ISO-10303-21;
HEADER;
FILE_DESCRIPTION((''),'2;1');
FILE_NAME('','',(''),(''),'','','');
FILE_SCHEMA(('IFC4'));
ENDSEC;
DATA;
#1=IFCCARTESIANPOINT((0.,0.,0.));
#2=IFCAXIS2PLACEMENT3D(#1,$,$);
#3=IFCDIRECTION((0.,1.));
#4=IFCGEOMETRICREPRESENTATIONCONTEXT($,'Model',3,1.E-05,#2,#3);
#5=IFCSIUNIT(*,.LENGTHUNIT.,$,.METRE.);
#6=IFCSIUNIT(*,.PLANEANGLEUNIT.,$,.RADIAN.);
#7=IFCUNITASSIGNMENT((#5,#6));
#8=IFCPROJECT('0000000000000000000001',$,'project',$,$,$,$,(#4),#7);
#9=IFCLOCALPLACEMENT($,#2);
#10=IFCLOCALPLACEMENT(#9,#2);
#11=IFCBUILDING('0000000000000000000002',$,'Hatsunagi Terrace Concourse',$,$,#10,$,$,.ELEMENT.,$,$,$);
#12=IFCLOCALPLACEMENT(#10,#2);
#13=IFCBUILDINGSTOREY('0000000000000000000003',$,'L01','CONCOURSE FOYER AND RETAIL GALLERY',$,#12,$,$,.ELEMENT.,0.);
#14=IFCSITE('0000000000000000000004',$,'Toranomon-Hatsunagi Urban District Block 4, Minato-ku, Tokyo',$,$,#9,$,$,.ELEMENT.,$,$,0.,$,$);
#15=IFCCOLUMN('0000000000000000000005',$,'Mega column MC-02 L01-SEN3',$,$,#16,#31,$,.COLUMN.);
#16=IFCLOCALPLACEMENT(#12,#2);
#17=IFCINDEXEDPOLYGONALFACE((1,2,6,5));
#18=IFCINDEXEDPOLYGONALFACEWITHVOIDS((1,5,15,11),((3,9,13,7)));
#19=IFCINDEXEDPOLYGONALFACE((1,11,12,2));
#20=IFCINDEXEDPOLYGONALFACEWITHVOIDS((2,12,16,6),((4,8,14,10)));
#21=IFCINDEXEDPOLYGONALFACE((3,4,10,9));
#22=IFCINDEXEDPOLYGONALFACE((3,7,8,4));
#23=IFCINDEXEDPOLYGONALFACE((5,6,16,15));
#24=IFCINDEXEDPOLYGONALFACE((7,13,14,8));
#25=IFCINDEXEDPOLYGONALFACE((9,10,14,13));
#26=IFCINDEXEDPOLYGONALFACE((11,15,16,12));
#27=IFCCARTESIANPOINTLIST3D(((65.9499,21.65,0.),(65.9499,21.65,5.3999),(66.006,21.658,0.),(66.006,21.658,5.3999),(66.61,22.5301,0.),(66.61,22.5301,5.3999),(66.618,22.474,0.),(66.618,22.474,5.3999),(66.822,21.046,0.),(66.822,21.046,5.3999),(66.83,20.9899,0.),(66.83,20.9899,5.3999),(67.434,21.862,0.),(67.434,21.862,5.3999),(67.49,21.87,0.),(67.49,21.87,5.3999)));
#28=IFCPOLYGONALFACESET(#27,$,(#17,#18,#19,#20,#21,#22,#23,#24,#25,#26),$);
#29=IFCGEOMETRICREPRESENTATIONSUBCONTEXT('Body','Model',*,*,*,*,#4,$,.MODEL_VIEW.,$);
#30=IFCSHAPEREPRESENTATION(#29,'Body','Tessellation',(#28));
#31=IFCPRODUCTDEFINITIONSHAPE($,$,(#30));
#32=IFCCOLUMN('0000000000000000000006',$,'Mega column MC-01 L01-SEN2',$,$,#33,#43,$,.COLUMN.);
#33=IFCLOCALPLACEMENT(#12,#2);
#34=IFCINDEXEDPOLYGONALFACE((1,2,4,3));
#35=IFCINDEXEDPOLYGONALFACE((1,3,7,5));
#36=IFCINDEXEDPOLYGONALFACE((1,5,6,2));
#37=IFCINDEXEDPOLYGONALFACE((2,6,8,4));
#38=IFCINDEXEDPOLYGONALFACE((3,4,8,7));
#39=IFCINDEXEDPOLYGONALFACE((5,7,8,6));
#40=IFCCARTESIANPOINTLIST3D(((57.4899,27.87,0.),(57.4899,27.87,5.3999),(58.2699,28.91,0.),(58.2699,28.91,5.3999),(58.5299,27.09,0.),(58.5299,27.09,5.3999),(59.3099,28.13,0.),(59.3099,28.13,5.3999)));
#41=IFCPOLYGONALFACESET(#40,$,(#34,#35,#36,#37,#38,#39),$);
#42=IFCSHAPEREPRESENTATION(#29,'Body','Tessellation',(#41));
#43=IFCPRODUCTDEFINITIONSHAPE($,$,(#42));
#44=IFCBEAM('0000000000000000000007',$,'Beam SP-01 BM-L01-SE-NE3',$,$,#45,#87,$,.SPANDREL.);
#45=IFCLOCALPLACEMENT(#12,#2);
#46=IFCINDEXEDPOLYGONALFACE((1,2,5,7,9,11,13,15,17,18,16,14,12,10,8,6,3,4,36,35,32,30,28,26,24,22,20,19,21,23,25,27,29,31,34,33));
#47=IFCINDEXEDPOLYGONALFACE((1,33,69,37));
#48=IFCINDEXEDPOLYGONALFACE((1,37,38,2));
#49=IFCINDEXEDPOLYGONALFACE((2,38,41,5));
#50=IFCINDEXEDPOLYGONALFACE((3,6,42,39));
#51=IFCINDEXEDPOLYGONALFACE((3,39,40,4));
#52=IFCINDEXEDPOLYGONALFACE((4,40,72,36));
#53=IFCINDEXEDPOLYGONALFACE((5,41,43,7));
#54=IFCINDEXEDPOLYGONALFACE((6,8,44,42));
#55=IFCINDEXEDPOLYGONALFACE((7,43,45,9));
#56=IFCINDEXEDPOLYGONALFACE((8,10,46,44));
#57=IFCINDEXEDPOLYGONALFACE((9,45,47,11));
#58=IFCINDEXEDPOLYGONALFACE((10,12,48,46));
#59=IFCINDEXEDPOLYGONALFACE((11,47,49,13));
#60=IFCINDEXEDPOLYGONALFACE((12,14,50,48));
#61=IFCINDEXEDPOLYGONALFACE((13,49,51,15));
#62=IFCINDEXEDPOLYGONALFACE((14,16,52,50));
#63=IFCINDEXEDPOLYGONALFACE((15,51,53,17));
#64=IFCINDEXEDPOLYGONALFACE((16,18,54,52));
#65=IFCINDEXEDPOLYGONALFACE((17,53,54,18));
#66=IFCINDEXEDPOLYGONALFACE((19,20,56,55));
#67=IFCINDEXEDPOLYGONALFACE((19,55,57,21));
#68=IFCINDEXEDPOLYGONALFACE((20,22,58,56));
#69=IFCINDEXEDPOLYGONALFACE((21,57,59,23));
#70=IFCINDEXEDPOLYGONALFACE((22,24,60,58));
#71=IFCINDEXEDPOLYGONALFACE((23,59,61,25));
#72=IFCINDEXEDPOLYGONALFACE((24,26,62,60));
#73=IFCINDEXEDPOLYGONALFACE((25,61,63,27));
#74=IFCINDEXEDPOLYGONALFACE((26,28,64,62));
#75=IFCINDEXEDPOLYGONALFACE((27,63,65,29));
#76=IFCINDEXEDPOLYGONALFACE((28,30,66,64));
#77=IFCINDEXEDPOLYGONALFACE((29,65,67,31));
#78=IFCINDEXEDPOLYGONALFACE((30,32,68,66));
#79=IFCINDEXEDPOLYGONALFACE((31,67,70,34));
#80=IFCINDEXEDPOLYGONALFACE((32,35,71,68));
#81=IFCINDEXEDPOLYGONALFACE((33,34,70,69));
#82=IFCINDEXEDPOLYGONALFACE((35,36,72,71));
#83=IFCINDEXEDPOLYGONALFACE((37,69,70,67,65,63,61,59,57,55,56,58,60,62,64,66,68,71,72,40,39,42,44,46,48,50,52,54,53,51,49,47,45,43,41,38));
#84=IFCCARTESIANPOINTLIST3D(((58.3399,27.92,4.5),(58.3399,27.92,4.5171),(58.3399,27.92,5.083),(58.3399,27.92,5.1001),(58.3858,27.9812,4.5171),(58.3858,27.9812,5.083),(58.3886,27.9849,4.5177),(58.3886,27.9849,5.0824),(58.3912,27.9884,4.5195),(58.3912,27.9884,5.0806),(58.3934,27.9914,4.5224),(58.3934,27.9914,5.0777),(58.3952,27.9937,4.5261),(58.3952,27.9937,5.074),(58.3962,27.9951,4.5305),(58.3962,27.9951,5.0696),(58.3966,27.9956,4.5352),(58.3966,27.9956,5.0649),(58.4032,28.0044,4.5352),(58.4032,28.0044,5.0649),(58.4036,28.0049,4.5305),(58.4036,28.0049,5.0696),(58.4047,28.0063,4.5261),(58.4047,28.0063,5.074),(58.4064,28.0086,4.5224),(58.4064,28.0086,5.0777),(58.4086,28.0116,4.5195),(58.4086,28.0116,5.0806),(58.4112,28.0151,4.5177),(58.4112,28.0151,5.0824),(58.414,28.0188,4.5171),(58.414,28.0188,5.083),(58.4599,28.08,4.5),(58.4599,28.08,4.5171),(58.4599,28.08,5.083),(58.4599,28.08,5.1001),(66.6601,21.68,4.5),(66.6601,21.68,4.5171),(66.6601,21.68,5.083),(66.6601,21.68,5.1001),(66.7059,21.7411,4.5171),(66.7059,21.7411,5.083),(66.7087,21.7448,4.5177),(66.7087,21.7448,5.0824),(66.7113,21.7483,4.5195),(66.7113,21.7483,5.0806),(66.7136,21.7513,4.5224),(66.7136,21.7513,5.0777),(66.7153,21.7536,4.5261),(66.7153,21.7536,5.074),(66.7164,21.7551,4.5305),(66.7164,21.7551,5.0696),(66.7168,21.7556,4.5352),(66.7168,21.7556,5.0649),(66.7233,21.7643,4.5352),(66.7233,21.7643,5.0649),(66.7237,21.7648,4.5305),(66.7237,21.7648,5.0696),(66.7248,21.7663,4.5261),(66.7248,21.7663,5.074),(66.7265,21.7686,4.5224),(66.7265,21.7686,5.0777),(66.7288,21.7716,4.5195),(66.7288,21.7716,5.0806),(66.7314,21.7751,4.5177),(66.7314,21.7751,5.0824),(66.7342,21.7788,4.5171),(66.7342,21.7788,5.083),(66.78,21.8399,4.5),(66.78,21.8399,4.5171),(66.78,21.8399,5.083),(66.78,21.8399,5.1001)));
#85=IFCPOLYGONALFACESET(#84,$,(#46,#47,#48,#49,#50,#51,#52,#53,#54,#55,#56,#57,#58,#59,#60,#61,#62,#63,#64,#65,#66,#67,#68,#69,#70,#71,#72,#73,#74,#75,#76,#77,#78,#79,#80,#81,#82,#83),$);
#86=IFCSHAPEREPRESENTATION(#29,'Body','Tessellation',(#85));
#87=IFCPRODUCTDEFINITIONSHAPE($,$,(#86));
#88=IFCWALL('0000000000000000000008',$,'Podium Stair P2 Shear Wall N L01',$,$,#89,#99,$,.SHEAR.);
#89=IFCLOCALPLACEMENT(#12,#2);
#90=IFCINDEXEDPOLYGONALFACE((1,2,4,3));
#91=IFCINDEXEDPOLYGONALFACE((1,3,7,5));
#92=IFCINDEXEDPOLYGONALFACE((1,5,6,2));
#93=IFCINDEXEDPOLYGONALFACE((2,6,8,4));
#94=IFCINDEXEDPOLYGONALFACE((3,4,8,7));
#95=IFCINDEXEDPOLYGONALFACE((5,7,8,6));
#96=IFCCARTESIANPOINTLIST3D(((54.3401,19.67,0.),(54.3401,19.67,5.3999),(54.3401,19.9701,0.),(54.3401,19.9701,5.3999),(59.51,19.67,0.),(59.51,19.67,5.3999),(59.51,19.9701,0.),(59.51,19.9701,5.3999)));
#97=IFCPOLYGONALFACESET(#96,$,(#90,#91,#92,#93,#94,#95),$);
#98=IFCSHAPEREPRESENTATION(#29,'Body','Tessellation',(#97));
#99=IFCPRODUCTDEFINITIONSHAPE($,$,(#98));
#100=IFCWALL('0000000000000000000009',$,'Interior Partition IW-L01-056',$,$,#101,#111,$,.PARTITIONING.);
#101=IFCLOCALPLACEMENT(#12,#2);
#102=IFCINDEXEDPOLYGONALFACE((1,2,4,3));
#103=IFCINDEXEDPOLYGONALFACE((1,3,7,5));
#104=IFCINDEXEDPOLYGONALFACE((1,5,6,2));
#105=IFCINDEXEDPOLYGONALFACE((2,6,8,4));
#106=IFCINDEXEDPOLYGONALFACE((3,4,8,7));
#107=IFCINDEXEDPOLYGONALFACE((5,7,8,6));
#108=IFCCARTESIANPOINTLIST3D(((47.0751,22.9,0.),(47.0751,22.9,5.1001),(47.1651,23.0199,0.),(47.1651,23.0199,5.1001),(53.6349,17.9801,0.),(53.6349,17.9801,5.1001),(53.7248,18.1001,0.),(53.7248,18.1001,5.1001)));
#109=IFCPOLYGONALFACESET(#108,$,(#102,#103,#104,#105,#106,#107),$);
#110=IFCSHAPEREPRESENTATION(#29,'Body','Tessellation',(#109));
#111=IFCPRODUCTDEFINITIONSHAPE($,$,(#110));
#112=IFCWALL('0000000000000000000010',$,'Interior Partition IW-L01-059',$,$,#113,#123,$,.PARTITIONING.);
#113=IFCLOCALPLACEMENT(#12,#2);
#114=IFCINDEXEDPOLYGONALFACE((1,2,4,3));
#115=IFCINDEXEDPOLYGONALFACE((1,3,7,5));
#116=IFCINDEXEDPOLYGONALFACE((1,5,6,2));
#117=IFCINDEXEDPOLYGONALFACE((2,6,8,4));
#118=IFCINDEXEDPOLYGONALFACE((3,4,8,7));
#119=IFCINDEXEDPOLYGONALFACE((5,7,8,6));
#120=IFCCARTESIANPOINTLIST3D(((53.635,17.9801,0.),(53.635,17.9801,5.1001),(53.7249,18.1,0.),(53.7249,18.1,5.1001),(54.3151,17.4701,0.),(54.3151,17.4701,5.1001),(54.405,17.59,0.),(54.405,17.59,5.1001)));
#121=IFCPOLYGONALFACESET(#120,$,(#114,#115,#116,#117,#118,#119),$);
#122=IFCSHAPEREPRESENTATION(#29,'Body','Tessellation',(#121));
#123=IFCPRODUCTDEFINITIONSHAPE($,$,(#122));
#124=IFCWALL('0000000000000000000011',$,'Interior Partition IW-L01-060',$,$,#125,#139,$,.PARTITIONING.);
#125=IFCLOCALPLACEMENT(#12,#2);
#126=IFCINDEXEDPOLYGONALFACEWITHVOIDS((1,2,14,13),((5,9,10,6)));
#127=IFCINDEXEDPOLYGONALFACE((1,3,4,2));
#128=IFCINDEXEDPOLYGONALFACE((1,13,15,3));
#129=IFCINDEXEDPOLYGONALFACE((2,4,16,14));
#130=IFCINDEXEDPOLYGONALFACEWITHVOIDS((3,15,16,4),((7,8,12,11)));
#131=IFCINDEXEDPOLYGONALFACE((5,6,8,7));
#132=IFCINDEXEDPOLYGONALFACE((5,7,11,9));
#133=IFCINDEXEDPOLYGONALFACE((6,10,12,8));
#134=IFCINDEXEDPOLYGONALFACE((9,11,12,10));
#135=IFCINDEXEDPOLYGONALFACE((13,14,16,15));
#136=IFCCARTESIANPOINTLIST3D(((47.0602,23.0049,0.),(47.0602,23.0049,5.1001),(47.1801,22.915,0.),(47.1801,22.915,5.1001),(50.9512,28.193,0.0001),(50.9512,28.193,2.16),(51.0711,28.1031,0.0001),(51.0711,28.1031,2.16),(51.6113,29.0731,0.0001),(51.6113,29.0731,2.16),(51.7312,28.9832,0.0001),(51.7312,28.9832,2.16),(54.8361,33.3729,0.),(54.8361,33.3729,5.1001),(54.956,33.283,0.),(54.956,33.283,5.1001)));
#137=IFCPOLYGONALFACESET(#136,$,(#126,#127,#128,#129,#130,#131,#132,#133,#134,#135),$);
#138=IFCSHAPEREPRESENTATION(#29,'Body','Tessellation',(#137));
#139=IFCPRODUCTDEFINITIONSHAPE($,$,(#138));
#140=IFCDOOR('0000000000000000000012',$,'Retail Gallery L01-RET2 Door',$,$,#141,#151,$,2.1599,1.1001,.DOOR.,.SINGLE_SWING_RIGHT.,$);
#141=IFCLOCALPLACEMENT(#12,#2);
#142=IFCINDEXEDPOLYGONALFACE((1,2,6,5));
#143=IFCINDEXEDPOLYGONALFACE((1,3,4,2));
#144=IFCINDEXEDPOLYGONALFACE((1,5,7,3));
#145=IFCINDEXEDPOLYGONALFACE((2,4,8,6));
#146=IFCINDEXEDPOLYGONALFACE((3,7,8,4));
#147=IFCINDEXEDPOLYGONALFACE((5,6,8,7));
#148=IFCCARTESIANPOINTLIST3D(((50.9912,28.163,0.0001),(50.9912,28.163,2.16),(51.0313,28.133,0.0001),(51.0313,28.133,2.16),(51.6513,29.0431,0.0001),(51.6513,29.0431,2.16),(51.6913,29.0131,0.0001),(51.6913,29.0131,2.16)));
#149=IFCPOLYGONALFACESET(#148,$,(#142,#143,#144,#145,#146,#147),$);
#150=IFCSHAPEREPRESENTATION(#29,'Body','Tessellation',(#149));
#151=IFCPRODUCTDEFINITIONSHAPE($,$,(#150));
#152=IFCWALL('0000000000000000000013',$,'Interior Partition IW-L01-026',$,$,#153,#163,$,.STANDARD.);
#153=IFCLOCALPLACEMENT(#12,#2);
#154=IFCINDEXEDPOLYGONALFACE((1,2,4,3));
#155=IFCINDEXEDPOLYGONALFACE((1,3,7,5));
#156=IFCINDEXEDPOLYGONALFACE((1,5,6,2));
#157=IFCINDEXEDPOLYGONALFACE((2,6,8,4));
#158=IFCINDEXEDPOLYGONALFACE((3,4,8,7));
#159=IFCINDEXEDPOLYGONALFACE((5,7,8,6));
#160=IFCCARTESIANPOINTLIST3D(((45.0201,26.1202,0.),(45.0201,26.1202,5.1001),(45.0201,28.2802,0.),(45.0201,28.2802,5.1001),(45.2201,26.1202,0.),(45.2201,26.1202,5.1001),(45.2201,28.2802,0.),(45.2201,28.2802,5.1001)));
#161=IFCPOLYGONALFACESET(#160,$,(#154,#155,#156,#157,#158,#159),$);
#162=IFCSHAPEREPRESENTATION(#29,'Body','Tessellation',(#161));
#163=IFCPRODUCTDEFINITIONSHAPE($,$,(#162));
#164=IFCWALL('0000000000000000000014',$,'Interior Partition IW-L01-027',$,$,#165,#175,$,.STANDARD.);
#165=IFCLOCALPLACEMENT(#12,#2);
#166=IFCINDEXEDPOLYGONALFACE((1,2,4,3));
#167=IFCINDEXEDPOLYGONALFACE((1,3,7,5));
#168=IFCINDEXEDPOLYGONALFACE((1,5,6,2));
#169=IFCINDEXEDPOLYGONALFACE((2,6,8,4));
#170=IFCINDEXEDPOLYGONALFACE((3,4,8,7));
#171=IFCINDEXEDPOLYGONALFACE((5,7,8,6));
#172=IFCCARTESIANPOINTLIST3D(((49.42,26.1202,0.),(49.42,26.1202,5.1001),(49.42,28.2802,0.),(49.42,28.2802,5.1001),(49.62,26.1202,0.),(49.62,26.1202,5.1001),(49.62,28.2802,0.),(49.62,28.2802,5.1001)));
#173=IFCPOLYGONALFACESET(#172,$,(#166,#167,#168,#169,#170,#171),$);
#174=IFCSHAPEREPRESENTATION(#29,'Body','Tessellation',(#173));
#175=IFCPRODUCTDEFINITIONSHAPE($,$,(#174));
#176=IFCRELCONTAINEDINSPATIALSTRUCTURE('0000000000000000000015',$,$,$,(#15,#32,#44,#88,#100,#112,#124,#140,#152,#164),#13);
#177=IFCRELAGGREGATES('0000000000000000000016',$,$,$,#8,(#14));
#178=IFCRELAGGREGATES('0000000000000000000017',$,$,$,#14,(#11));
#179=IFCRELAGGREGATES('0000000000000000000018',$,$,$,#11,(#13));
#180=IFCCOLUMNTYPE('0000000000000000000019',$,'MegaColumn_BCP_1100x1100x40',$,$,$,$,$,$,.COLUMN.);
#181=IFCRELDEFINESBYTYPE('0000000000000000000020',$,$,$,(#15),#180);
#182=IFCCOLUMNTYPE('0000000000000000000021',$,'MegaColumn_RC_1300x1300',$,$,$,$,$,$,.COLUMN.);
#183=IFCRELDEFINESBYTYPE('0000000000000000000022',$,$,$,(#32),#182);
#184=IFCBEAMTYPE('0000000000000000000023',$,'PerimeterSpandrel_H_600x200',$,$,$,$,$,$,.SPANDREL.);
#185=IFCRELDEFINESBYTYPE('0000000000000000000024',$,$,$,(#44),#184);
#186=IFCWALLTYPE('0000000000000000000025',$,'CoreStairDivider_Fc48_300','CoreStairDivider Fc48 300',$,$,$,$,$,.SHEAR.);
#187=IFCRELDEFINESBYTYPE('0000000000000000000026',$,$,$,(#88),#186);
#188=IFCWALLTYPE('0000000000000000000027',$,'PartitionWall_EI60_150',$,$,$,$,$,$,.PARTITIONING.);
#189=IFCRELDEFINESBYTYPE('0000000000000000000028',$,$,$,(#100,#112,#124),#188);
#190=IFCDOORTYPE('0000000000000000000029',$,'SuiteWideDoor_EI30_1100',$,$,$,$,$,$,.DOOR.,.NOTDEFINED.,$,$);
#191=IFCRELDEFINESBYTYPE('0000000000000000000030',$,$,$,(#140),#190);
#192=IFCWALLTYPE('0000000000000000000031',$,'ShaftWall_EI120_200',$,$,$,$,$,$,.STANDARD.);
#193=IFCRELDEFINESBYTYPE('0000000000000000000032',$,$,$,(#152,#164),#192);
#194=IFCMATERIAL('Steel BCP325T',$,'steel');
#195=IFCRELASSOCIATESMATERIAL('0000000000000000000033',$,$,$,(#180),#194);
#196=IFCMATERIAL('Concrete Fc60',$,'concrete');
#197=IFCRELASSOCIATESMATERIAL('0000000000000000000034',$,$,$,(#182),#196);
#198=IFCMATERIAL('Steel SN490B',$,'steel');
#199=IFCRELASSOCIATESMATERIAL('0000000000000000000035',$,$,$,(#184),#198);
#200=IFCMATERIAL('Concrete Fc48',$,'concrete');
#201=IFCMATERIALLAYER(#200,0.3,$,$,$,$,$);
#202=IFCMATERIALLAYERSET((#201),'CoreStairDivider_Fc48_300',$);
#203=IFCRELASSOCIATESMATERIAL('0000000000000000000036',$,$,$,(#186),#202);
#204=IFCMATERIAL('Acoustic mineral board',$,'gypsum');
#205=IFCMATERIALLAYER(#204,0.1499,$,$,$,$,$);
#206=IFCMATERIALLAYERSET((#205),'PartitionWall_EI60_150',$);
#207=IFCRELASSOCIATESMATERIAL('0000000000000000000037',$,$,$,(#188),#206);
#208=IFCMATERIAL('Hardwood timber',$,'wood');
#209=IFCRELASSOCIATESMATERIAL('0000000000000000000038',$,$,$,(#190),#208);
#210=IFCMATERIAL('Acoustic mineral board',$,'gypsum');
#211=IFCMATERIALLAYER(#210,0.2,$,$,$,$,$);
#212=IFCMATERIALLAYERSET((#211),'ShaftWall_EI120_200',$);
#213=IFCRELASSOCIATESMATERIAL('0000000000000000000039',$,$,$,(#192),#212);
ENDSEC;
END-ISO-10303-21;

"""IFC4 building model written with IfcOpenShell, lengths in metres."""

from ifc_helpers import new_model, si_unit, direction, frame, frame_2d, origin, origin_2d, place, context, subcontext, project, spatial, rectangle, hollow_rectangle, i_section, extrude, material, layer, layer_set, material_profile, profile_set, type_object, element, fill, save


model = new_model("IFC4")

# Units and contexts
model_context = context("Model", 3, precision=1e-05, world=origin(), true_north=direction((0.0, 1.0)))
body_context = subcontext(model_context, "Body", "Model", "MODEL_VIEW")
ifc_project = project(units=[si_unit("LENGTHUNIT", "METRE"), si_unit("PLANEANGLEUNIT", "RADIAN")], contexts=[model_context])

# Site, building, storey
site_placement = place(None, origin())
site = spatial("IfcSite", under=ifc_project, at=site_placement, Name="Toranomon-Hatsunagi Urban District Block 4, Minato-ku, Tokyo", CompositionType="ELEMENT", RefElevation=0.0)
building_placement = place(site_placement, origin())
building = spatial("IfcBuilding", under=site, at=building_placement, Name="Hatsunagi Terrace Concourse", CompositionType="ELEMENT")
storey_placement = place(building_placement, origin())
storey = spatial("IfcBuildingStorey", under=building, at=storey_placement, Name="L01", Description="CONCOURSE FOYER AND RETAIL GALLERY", CompositionType="ELEMENT", Elevation=0.0)

# Columns
ifc_material_1 = material(Name="Steel BCP325T", Category="steel")
ifc_material_profile_1 = material_profile(ifc_material_1, hollow_rectangle(XDim=1.1001, YDim=1.1001, WallThickness=0.04, at=origin_2d()), Name="BCP-1100x1100x40")
ifc_profile_set_1 = profile_set([ifc_material_profile_1], Name="Steel BCP325T")
column_type_1 = type_object("IfcColumnType", Name="MegaColumn_BCP_1100x1100x40", PredefinedType="COLUMN", material=ifc_profile_set_1)
column_1_placement = place(storey_placement, frame((66.72, 21.76, 0.0), z_axis=(0.0, 0.0, 1.0), x_axis=(0.8, -0.6, 0.0)))
element("IfcColumn", 1, at=column_1_placement, inside=storey, type_object=column_type_1, Name="Mega column MC-02 L01-SEN3", PredefinedType="COLUMN", context=body_context, shape_type="SweptSolid", body=[
    extrude(hollow_rectangle(XDim=1.1001, YDim=1.1001, WallThickness=0.04, at=origin_2d()), origin(), (0.0, 0.0, 1.0), 5.3999),
])
ifc_material_2 = material(Name="Concrete Fc60", Category="concrete")
ifc_material_profile_2 = material_profile(ifc_material_2, rectangle(XDim=1.3, YDim=1.3, at=origin_2d()), Name="RC-1300x1300")
ifc_profile_set_2 = profile_set([ifc_material_profile_2], Name="Concrete Fc60")
column_type_2 = type_object("IfcColumnType", Name="MegaColumn_RC_1300x1300", PredefinedType="COLUMN", material=ifc_profile_set_2)
column_2_placement = place(storey_placement, frame((58.3999, 28.0, 0.0), z_axis=(0.0, 0.0, 1.0), x_axis=(0.8, -0.6, 0.0)))
element("IfcColumn", 2, at=column_2_placement, inside=storey, type_object=column_type_2, Name="Mega column MC-01 L01-SEN2", PredefinedType="COLUMN", context=body_context, shape_type="SweptSolid", body=[
    extrude(rectangle(XDim=1.3, YDim=1.3, at=origin_2d()), origin(), (0.0, 0.0, 1.0), 5.3999),
])

# Beam
ifc_material_3 = material(Name="Steel SN490B", Category="steel")
ifc_material_profile_3 = material_profile(ifc_material_3, i_section(OverallWidth=0.2, OverallDepth=0.6001, WebThickness=0.011, FlangeThickness=0.0171, FilletRadius=0.0181, at=origin_2d()), Name="H-600x200x11x17")
ifc_profile_set_3 = profile_set([ifc_material_profile_3], Name="Steel SN490B")
beam_type = type_object("IfcBeamType", Name="PerimeterSpandrel_H_600x200", PredefinedType="SPANDREL", material=ifc_profile_set_3)
beam_placement = place(storey_placement, frame((58.3999, 28.0, 4.8), z_axis=(0.800003, -0.599996, 0.0), x_axis=(0.599996, 0.800003, 0.0)))
element("IfcBeam", 3, at=beam_placement, inside=storey, type_object=beam_type, Name="Beam SP-01 BM-L01-SE-NE3", PredefinedType="SPANDREL", context=body_context, shape_type="SweptSolid", body=[
    extrude(i_section(OverallWidth=0.2, OverallDepth=0.6001, WebThickness=0.011, FlangeThickness=0.0171, FilletRadius=0.0181, at=origin_2d()), origin(), (0.0, 0.0, 1.0), 10.4001),
])

# Walls
ifc_material_4 = material(Name="Concrete Fc48", Category="concrete")
ifc_layer_1 = layer(ifc_material_4, 0.3)
ifc_layer_set_1 = layer_set([ifc_layer_1], Name="CoreStairDivider_Fc48_300")
wall_type_1 = type_object("IfcWallType", Name="CoreStairDivider_Fc48_300", Description="CoreStairDivider Fc48 300", PredefinedType="SHEAR", material=ifc_layer_set_1)
wall_1_placement = place(storey_placement, frame((54.3401, 19.8201, 0.0), z_axis=(0.0, 0.0, 1.0), x_axis=(1.0, 0.0, 0.0)))
element("IfcWall", 4, at=wall_1_placement, inside=storey, type_object=wall_type_1, Name="Podium Stair P2 Shear Wall N L01", PredefinedType="SHEAR", context=body_context, shape_type="SweptSolid", body=[
    extrude(rectangle(XDim=5.1699, YDim=0.3, at=frame_2d((2.585, 0.0))), origin(), (0.0, 0.0, 1.0), 5.3999),
])
ifc_material_5 = material(Name="Acoustic mineral board", Category="gypsum")
ifc_layer_2 = layer(ifc_material_5, 0.1499)
ifc_layer_set_2 = layer_set([ifc_layer_2], Name="PartitionWall_EI60_150")
wall_type_2 = type_object("IfcWallType", Name="PartitionWall_EI60_150", PredefinedType="PARTITIONING", material=ifc_layer_set_2)
wall_2_placement = place(storey_placement, frame((47.1201, 22.96, 0.0), z_axis=(0.0, 0.0, 1.0), x_axis=(0.799996, -0.600005, 0.0)))
element("IfcWall", 5, at=wall_2_placement, inside=storey, type_object=wall_type_2, Name="Interior Partition IW-L01-056", PredefinedType="PARTITIONING", context=body_context, shape_type="SweptSolid", body=[
    extrude(rectangle(XDim=8.1997, YDim=0.1499, at=frame_2d((4.0999, 0.0))), origin(), (0.0, 0.0, 1.0), 5.1001),
])
wall_3_placement = place(storey_placement, frame((53.6799, 18.04, 0.0), z_axis=(0.0, 0.0, 1.0), x_axis=(0.800069, -0.599908, 0.0)))
element("IfcWall", 6, at=wall_3_placement, inside=storey, type_object=wall_type_2, Name="Interior Partition IW-L01-059", PredefinedType="PARTITIONING", context=body_context, shape_type="SweptSolid", body=[
    extrude(rectangle(XDim=0.8501, YDim=0.1499, at=frame_2d((0.425, 0.0))), origin(), (0.0, 0.0, 1.0), 5.1001),
])

# Wall, opening, door
wall_4_placement = place(storey_placement, frame((47.1201, 22.96, 0.0), z_axis=(0.0, 0.0, 1.0), x_axis=(0.599997, 0.800002, 0.0)))
wall_4 = element("IfcWall", 7, at=wall_4_placement, inside=storey, type_object=wall_type_2, Name="Interior Partition IW-L01-060", PredefinedType="PARTITIONING", context=body_context, shape_type="SweptSolid", body=[
    extrude(rectangle(XDim=12.96, YDim=0.1499, at=frame_2d((6.48, 0.0))), origin(), (0.0, 0.0, 1.0), 5.1001),
])
opening_1_placement = place(wall_4_placement, frame((6.4851, 0.0, 0.0)))
opening_1 = element("IfcOpeningElement", 8, at=opening_1_placement, cuts=wall_4, PredefinedType="OPENING", context=body_context, shape_type="SweptSolid", body=[
    extrude(rectangle(XDim=1.1001, YDim=2.1599, at=frame_2d((0.55, 1.0801))), frame((0.0, 0.085, 0.0), z_axis=(0.0, -1.0, 0.0), x_axis=(1.0, 0.0, 0.0)), (0.0, 0.0, 1.0), 0.1699),
])
ifc_material_6 = material(Name="Hardwood timber", Category="wood")
door_type_1 = type_object("IfcDoorType", Name="SuiteWideDoor_EI30_1100", OperationType="NOTDEFINED", PredefinedType="DOOR", material=ifc_material_6)
door_1_placement = place(opening_1_placement, origin())
door_1 = element("IfcDoor", 9, at=door_1_placement, inside=storey, type_object=door_type_1, Name="Retail Gallery L01-RET2 Door", OperationType="SINGLE_SWING_RIGHT", OverallHeight=2.1599, OverallWidth=1.1001, PredefinedType="DOOR", context=body_context, shape_type="SweptSolid", body=[
    extrude(rectangle(XDim=1.1001, YDim=2.1599, at=frame_2d((0.55, 1.0801))), frame((0.0, 0.0249, 0.0), z_axis=(0.0, -1.0, 0.0), x_axis=(1.0, 0.0, 0.0)), (0.0, 0.0, 1.0), 0.05),
])
fill(opening_1, door_1)

# Walls
ifc_material_7 = material(Name="Acoustic mineral board", Category="gypsum")
ifc_layer_3 = layer(ifc_material_7, 0.2)
ifc_layer_set_3 = layer_set([ifc_layer_3], Name="ShaftWall_EI120_200")
wall_type_3 = type_object("IfcWallType", Name="ShaftWall_EI120_200", PredefinedType="STANDARD", material=ifc_layer_set_3)
for number, where, z_axis, x_axis, name in (
    (10, (45.1201, 26.1201, 0.0), (0.0, 0.0, 1.0), (0.0, 1.0, 0.0), "Interior Partition IW-L01-026"),
    (11, (49.52, 26.1201, 0.0), (0.0, 0.0, 1.0), (0.0, 1.0, 0.0), "Interior Partition IW-L01-027"),
):
    element("IfcWall", number, at=place(storey_placement, frame(where, z_axis=z_axis, x_axis=x_axis)), inside=storey, type_object=wall_type_3, Name=name, PredefinedType="STANDARD", context=body_context, shape_type="SweptSolid", body=[
        extrude(rectangle(XDim=2.1599, YDim=0.2, at=frame_2d((1.0801, 0.0))), origin(), (0.0, 0.0, 1.0), 5.1001),
    ])

save(model, "model.ifc")
